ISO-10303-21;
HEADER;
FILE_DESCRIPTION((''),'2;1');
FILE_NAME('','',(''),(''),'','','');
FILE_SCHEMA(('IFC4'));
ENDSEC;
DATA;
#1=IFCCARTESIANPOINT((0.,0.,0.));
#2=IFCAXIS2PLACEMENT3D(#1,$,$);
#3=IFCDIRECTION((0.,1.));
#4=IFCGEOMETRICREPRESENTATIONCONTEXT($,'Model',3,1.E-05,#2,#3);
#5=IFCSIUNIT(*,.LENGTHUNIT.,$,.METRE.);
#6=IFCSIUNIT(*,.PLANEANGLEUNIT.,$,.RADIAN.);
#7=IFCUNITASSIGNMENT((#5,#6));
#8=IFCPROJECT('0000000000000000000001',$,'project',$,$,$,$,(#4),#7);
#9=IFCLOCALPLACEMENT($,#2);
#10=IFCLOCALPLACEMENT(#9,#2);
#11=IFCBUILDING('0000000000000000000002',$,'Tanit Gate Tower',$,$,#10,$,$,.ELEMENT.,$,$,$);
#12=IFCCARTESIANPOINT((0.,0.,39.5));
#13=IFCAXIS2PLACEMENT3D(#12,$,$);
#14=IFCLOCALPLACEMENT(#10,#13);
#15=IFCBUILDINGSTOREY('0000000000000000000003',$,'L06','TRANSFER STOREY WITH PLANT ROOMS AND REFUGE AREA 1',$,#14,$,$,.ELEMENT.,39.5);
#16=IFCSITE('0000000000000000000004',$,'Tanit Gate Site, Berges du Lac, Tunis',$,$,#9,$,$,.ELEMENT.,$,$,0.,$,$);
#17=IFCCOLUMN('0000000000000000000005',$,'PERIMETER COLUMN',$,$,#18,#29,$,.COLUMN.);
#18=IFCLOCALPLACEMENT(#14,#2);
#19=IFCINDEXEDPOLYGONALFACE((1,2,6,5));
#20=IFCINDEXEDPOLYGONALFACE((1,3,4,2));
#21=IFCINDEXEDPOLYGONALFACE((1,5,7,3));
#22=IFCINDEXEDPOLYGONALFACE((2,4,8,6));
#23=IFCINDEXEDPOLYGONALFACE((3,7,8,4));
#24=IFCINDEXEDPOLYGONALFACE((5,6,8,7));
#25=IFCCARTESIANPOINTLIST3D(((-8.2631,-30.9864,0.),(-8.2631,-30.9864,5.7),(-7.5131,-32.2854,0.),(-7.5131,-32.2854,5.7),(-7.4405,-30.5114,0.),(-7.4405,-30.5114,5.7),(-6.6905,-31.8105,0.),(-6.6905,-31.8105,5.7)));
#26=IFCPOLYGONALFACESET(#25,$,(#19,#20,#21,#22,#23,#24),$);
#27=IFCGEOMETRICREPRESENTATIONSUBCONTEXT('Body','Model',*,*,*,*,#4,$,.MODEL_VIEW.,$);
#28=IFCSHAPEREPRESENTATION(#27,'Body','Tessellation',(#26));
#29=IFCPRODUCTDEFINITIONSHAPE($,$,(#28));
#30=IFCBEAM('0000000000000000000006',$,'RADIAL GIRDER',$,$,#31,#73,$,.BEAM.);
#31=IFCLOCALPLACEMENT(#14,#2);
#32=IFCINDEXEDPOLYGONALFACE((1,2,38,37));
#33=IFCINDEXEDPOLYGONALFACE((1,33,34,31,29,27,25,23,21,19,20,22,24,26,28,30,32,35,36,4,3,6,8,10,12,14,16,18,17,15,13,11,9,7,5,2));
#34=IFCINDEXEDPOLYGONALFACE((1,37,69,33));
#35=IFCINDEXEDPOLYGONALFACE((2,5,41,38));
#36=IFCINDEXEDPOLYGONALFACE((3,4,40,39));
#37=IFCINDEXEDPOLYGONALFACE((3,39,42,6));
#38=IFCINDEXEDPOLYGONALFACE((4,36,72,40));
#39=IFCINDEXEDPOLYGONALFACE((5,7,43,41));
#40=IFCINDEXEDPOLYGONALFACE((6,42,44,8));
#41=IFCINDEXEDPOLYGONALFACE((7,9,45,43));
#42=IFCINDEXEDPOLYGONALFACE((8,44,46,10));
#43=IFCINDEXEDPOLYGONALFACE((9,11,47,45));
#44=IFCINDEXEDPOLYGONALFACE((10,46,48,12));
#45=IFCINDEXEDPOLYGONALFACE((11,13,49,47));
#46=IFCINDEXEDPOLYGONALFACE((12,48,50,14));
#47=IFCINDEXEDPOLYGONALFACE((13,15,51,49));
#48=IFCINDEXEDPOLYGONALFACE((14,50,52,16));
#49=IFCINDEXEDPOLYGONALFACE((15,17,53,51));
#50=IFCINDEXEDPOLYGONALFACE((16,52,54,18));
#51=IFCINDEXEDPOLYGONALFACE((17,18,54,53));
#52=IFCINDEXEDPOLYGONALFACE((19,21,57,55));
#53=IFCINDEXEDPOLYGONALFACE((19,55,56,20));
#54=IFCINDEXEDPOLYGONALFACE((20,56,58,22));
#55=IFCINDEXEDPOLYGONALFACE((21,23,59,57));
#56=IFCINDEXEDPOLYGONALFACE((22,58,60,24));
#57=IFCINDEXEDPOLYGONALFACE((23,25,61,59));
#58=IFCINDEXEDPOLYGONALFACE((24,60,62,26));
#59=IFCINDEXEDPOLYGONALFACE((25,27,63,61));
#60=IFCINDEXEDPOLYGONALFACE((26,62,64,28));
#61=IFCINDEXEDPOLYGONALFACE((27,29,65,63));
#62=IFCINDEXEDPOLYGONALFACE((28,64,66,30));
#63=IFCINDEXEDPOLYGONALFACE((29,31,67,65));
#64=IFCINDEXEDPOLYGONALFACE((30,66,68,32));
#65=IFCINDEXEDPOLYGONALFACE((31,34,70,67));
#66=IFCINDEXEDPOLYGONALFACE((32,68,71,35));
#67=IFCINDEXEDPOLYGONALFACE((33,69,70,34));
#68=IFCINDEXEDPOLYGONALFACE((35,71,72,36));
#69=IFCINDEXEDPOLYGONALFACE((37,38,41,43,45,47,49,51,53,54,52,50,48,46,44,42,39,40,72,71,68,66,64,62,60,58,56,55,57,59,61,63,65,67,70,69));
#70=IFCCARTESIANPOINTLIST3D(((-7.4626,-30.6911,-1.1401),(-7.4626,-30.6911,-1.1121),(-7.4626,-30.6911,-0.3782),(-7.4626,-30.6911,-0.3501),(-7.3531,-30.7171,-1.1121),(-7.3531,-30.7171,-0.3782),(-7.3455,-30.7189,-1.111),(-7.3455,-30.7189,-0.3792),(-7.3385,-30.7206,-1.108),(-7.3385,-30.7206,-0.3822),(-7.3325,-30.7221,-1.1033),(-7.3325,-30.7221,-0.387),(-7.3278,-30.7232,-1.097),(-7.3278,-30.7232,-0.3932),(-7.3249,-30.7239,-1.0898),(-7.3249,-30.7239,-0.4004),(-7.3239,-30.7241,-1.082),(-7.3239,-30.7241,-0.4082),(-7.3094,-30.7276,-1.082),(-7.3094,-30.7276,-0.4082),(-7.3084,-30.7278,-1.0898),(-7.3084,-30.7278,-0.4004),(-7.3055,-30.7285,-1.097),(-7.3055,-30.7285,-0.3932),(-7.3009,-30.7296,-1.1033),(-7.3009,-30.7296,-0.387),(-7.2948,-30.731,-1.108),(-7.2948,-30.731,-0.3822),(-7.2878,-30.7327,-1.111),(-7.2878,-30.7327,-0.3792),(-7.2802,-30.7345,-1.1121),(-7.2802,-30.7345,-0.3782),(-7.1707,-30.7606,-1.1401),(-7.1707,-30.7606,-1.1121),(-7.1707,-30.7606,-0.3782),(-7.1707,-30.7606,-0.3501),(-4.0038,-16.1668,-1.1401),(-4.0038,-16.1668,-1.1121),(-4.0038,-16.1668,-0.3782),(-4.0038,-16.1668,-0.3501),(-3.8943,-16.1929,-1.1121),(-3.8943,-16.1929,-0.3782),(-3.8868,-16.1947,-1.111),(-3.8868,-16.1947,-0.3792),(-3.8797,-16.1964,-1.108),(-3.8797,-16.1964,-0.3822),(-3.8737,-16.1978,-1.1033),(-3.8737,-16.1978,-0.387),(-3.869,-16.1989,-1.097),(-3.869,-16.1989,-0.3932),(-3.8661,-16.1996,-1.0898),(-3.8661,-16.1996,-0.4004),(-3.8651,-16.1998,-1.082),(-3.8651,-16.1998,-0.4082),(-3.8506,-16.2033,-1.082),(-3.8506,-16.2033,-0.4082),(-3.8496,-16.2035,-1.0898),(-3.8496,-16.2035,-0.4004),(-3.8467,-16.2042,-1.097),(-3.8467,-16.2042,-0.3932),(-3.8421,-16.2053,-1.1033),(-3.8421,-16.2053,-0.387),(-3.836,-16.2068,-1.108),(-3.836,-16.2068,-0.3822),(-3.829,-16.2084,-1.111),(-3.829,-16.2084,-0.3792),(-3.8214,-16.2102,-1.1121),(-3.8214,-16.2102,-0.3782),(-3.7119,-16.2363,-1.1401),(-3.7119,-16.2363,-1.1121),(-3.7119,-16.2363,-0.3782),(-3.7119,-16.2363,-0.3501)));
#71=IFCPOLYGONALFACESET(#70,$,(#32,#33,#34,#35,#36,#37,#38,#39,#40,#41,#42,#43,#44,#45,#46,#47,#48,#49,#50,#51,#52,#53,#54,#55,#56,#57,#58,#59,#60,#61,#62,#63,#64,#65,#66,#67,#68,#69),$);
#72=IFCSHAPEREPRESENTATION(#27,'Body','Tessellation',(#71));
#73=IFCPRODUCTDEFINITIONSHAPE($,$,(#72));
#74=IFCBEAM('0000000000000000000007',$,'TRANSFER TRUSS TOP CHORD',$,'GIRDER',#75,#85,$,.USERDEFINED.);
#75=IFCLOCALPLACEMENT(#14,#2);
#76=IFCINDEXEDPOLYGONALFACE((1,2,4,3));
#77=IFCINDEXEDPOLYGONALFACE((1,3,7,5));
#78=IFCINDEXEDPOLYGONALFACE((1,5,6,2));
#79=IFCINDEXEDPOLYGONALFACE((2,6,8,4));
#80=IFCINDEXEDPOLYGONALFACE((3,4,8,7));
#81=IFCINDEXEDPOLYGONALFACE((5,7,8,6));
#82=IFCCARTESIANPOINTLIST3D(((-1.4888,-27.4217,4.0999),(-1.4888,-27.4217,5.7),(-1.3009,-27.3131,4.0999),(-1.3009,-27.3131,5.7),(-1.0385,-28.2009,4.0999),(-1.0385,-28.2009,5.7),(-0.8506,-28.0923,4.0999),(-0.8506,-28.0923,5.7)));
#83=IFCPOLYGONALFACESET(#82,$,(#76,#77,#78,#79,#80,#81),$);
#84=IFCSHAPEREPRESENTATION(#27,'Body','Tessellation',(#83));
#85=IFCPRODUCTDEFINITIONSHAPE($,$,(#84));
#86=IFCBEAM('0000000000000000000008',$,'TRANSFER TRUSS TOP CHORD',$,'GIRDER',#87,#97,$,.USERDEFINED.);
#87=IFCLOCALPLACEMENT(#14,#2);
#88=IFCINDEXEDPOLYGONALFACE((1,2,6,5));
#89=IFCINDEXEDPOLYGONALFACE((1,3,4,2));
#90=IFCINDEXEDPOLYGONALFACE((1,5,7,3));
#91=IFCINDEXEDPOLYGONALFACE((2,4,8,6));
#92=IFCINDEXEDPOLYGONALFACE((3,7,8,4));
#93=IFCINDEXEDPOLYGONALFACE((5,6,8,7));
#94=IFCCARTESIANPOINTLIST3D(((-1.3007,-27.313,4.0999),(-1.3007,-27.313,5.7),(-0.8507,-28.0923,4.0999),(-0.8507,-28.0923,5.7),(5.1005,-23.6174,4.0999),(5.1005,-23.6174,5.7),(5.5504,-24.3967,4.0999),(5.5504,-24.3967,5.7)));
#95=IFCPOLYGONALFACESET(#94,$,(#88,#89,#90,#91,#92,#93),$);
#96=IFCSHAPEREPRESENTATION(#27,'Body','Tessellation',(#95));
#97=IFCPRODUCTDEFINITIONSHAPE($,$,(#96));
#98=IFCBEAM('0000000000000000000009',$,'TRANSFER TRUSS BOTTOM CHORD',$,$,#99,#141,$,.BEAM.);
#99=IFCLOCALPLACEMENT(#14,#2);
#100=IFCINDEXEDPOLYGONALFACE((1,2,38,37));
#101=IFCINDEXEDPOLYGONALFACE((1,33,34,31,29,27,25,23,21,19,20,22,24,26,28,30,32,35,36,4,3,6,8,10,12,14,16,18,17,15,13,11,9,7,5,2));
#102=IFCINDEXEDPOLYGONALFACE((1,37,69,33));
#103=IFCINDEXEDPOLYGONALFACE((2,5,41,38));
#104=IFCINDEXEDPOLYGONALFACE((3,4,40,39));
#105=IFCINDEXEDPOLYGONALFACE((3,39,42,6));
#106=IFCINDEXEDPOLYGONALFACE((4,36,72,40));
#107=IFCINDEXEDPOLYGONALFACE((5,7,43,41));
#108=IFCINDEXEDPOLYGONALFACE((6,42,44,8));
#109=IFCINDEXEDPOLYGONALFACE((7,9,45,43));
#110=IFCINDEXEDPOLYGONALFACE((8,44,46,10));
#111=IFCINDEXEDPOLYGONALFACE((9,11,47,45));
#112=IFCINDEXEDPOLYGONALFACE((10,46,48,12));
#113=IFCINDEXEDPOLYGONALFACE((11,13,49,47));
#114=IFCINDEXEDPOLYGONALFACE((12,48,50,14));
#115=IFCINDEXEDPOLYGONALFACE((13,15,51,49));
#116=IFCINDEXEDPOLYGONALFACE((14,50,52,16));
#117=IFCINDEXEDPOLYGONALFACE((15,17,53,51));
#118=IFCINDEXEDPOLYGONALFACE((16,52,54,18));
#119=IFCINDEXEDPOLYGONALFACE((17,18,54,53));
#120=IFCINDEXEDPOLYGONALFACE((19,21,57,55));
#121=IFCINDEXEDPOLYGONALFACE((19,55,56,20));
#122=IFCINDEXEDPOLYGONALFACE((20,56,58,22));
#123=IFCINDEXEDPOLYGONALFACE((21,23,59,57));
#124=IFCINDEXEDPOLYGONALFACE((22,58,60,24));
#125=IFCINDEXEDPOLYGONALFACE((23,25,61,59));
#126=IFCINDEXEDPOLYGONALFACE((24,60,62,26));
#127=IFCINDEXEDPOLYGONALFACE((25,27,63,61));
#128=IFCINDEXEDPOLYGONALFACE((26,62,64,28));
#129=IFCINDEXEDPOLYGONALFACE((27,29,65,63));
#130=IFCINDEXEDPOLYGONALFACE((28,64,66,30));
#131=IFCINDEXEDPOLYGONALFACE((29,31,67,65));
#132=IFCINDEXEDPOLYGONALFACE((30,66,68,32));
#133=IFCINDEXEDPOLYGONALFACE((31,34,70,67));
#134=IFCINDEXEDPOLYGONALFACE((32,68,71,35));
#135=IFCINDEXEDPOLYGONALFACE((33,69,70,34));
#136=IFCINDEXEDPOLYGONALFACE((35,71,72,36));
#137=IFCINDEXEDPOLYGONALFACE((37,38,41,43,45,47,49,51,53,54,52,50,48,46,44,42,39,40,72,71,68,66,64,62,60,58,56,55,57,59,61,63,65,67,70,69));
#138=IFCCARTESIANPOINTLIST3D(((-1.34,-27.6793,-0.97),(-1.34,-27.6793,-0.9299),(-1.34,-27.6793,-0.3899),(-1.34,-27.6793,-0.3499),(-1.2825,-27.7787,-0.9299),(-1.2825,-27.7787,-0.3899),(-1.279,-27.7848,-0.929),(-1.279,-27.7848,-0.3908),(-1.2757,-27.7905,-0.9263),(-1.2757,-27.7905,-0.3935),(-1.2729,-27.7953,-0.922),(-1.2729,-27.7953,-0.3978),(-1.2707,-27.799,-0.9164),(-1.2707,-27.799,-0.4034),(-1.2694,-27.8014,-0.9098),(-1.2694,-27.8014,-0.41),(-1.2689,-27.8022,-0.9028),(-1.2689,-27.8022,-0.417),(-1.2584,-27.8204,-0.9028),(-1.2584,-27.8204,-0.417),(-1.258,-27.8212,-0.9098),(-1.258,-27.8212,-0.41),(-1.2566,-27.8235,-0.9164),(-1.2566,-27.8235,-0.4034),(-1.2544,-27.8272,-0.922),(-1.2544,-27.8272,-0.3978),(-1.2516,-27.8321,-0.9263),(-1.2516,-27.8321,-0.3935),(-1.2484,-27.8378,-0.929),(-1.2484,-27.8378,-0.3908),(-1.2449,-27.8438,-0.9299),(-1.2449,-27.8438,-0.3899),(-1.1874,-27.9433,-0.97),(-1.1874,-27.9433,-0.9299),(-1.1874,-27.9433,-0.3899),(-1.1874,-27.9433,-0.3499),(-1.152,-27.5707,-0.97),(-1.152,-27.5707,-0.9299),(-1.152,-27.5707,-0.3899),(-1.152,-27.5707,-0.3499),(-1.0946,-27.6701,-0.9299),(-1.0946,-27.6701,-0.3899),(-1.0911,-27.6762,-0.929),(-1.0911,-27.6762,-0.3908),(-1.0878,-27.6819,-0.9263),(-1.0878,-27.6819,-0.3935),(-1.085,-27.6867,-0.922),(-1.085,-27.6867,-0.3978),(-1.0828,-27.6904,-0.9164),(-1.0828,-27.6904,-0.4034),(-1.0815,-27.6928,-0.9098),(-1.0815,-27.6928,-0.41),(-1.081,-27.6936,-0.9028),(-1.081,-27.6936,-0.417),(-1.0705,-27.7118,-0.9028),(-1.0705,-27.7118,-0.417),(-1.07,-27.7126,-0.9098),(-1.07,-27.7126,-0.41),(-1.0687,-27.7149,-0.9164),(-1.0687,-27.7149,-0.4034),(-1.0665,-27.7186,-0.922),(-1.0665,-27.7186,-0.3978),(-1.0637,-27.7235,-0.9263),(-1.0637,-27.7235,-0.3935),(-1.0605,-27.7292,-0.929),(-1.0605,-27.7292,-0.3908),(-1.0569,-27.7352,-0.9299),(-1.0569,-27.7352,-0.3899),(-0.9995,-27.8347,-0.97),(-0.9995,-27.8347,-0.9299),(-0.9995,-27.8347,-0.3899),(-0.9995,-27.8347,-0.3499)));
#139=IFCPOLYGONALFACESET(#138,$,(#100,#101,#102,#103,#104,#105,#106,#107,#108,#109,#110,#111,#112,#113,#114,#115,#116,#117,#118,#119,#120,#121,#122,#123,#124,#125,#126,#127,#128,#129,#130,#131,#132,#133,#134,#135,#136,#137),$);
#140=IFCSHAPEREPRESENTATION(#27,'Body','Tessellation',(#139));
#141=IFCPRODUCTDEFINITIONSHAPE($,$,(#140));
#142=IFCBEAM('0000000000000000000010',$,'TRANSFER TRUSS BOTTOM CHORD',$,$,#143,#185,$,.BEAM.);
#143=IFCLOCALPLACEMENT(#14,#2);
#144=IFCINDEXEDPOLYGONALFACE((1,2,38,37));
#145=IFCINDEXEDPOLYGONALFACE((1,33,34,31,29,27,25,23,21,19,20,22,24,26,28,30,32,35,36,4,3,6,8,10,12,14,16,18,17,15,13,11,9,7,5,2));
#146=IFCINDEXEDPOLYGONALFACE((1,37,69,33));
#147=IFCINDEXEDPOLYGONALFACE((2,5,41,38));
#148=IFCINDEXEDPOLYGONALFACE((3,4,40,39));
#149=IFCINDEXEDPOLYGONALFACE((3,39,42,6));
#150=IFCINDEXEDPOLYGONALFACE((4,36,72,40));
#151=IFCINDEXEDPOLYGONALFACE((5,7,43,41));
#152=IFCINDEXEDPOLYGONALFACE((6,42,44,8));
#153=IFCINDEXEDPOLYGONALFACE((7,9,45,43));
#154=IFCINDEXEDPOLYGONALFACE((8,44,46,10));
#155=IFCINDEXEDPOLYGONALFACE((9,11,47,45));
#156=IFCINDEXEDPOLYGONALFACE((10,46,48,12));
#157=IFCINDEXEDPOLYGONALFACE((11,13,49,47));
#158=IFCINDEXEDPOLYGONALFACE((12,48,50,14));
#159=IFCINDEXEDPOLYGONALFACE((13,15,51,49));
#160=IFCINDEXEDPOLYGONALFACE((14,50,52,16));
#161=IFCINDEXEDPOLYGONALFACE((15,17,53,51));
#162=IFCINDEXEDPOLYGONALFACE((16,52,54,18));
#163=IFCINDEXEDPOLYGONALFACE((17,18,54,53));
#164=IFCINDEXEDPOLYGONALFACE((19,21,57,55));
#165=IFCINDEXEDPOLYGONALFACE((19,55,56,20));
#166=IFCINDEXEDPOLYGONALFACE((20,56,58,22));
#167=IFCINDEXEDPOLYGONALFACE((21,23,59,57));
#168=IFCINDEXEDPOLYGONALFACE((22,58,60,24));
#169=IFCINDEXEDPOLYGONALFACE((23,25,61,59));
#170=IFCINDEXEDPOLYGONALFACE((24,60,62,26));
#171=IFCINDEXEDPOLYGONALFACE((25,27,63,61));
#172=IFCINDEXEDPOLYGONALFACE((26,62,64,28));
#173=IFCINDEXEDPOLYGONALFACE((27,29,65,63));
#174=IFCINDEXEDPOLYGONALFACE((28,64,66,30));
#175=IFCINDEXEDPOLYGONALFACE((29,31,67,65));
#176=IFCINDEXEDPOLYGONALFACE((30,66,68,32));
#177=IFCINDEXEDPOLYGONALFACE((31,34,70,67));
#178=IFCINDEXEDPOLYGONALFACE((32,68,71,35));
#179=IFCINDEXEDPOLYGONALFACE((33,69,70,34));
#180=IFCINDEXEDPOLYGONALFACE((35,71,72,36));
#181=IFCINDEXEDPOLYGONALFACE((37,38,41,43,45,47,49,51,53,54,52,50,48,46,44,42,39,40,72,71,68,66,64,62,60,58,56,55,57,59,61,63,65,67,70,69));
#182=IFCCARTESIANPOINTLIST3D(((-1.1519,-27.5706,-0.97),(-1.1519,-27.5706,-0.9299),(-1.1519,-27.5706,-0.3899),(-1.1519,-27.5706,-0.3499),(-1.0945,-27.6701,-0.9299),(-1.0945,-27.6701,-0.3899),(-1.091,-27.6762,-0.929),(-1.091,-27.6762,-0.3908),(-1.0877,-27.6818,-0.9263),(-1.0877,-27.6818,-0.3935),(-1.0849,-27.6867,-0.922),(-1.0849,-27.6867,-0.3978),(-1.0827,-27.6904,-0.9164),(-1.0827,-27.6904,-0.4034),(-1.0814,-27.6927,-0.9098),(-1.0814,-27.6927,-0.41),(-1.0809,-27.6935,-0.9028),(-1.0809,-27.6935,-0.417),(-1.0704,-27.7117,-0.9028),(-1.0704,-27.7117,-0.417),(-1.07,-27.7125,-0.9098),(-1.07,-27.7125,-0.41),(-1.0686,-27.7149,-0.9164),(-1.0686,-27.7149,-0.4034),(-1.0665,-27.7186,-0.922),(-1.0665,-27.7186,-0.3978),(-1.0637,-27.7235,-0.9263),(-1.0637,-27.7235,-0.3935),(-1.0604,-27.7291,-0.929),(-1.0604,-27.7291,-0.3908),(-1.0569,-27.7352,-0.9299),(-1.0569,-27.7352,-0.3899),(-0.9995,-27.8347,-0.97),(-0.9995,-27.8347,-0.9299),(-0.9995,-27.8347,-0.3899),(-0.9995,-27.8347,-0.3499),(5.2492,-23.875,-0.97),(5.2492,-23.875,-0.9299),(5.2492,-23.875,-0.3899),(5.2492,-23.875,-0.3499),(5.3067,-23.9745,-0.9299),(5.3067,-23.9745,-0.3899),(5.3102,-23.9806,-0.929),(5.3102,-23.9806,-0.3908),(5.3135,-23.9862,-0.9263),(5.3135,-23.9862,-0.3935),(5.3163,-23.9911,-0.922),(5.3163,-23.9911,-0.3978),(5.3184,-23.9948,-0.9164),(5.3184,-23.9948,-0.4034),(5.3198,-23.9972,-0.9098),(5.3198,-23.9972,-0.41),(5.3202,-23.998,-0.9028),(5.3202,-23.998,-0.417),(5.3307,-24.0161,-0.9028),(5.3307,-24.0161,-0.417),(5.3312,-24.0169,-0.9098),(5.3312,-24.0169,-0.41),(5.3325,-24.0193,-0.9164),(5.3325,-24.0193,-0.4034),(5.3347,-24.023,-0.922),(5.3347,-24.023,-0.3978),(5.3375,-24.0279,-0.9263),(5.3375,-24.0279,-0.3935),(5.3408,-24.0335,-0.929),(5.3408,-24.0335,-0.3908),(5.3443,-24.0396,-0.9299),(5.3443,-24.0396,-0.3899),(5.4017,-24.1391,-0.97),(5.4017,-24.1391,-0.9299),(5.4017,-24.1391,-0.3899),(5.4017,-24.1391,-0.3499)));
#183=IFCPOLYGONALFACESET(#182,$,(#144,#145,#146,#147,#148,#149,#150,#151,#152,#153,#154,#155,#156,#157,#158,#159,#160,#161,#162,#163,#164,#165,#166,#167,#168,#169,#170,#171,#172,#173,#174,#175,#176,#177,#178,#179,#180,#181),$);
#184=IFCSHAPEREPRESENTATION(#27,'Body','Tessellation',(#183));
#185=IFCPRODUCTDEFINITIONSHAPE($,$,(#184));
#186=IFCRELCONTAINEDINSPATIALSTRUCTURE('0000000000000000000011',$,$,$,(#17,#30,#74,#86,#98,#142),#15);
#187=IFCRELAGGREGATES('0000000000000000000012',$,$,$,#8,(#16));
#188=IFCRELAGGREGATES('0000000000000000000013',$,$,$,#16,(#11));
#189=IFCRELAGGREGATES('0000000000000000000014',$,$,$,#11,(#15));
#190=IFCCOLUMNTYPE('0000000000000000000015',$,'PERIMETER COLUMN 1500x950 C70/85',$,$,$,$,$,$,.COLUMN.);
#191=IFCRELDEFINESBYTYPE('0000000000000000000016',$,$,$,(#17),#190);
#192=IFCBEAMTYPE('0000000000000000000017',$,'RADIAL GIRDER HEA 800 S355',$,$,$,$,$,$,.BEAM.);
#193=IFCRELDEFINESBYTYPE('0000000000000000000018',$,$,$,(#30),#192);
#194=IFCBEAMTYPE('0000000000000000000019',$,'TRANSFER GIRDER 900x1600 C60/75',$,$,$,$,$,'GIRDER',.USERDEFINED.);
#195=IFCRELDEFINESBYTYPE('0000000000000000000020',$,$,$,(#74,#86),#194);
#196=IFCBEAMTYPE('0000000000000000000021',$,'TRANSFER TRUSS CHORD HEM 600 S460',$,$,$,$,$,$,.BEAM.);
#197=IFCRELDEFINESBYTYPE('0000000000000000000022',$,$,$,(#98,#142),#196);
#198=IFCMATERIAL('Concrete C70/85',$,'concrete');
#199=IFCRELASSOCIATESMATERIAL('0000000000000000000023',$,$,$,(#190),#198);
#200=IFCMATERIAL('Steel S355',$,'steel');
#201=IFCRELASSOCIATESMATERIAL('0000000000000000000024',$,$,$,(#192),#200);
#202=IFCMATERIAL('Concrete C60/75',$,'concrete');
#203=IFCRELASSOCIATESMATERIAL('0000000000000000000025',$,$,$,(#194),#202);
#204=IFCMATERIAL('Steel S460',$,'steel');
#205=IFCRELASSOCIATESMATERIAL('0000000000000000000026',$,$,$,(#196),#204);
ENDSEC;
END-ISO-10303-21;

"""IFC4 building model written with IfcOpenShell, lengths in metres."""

from ifc_helpers import new_model, si_unit, direction, frame, origin, origin_2d, place, context, subcontext, project, spatial, rectangle, i_section, extrude, material, material_profile, profile_set, type_object, element, save


model = new_model("IFC4")

# Units and contexts
model_context = context("Model", 3, precision=1e-05, world=origin(), true_north=direction((0.0, 1.0)))
body_context = subcontext(model_context, "Body", "Model", "MODEL_VIEW")
ifc_project = project(units=[si_unit("LENGTHUNIT", "METRE"), si_unit("PLANEANGLEUNIT", "RADIAN")], contexts=[model_context])

# Site, building, storey
site_placement = place(None, origin())
site = spatial("IfcSite", under=ifc_project, at=site_placement, Name="Tanit Gate Site, Berges du Lac, Tunis", CompositionType="ELEMENT", RefElevation=0.0)
building_placement = place(site_placement, origin())
building = spatial("IfcBuilding", under=site, at=building_placement, Name="Tanit Gate Tower", CompositionType="ELEMENT")
storey_placement = place(building_placement, frame((0.0, 0.0, 39.5)))
storey = spatial("IfcBuildingStorey", under=building, at=storey_placement, Name="L06", Description="TRANSFER STOREY WITH PLANT ROOMS AND REFUGE AREA 1", CompositionType="ELEMENT", Elevation=39.5)

# Column
ifc_material_1 = material(Name="Concrete C70/85", Category="concrete")
ifc_material_profile_1 = material_profile(ifc_material_1, rectangle(XDim=1.5, YDim=0.95, at=origin_2d()), Name="RC 1500x950")
ifc_profile_set_1 = profile_set([ifc_material_profile_1], Name="Concrete C70/85")
column_type = type_object("IfcColumnType", Name="PERIMETER COLUMN 1500x950 C70/85", PredefinedType="COLUMN", material=ifc_profile_set_1)
column_placement = place(storey_placement, frame((-7.4768, -31.3984, 0.0), z_axis=(0.0, 0.0, 1.0), x_axis=(0.5, -0.866025, 0.0)))
element("IfcColumn", 1, at=column_placement, inside=storey, type_object=column_type, Name="PERIMETER COLUMN", PredefinedType="COLUMN", context=body_context, shape_type="SweptSolid", body=[
    extrude(rectangle(XDim=1.5, YDim=0.95, at=origin_2d()), origin(), (0.0, 0.0, 1.0), 5.7),
])

# Beams
ifc_material_2 = material(Name="Steel S355", Category="steel")
ifc_material_profile_2 = material_profile(ifc_material_2, i_section(OverallWidth=0.3, OverallDepth=0.79, WebThickness=0.0149, FlangeThickness=0.0281, FilletRadius=0.03, at=origin_2d()), Name="HEA 800")
ifc_profile_set_2 = profile_set([ifc_material_profile_2], Name="Steel S355")
beam_type_1 = type_object("IfcBeamType", Name="RADIAL GIRDER HEA 800 S355", PredefinedType="BEAM", material=ifc_profile_set_2)
beam_1_placement = place(storey_placement, frame((-7.3167, -30.7258, -0.7451), z_axis=(0.231659, 0.972797, 0.0), x_axis=(-0.972797, 0.231659, 0.0)))
element("IfcBeam", 2, at=beam_1_placement, inside=storey, type_object=beam_type_1, Name="RADIAL GIRDER", PredefinedType="BEAM", context=body_context, shape_type="SweptSolid", body=[
    extrude(i_section(OverallWidth=0.3, OverallDepth=0.79, WebThickness=0.0149, FlangeThickness=0.0281, FilletRadius=0.03, at=origin_2d()), origin(), (0.0, 0.0, 1.0), 14.9304),
])
ifc_material_3 = material(Name="Concrete C60/75", Category="concrete")
ifc_material_profile_3 = material_profile(ifc_material_3, rectangle(XDim=0.8999, YDim=1.6001, at=origin_2d()), Name="RC 900x1600")
ifc_profile_set_3 = profile_set([ifc_material_profile_3], Name="Concrete C60/75")
beam_type_2 = type_object("IfcBeamType", Name="TRANSFER GIRDER 900x1600 C60/75", ElementType="GIRDER", PredefinedType="USERDEFINED", material=ifc_profile_set_3)
beam_2_placement = place(storey_placement, frame((-1.2637, -27.8113, 4.8999), z_axis=(0.865811, 0.500371, 0.0), x_axis=(-0.500371, 0.865811, 0.0)))
element("IfcBeam", 3, at=beam_2_placement, inside=storey, type_object=beam_type_2, Name="TRANSFER TRUSS TOP CHORD", ObjectType="GIRDER", PredefinedType="USERDEFINED", context=body_context, shape_type="SweptSolid", body=[
    extrude(rectangle(XDim=0.8999, YDim=1.6001, at=origin_2d()), origin(), (0.0, 0.0, 1.0), 0.217),
])
beam_3_placement = place(storey_placement, frame((-1.0757, -27.7026, 4.8999), z_axis=(0.866033, 0.499986, 0.0), x_axis=(-0.499986, 0.866033, 0.0)))
element("IfcBeam", 4, at=beam_3_placement, inside=storey, type_object=beam_type_2, Name="TRANSFER TRUSS TOP CHORD", ObjectType="GIRDER", PredefinedType="USERDEFINED", context=body_context, shape_type="SweptSolid", body=[
    extrude(rectangle(XDim=0.8999, YDim=1.6001, at=origin_2d()), origin(), (0.0, 0.0, 1.0), 7.3914),
])
ifc_material_4 = material(Name="Steel S460", Category="steel")
ifc_material_profile_4 = material_profile(ifc_material_4, i_section(OverallWidth=0.3049, OverallDepth=0.6201, WebThickness=0.021, FlangeThickness=0.04, FilletRadius=0.0271, at=origin_2d()), Name="HEM 600")
ifc_profile_set_4 = profile_set([ifc_material_profile_4], Name="Steel S460")
beam_type_3 = type_object("IfcBeamType", Name="TRANSFER TRUSS CHORD HEM 600 S460", PredefinedType="BEAM", material=ifc_profile_set_4)
beam_4_placement = place(storey_placement, frame((-1.2637, -27.8113, -0.6599), z_axis=(0.865811, 0.500371, 0.0), x_axis=(-0.500371, 0.865811, 0.0)))
element("IfcBeam", 5, at=beam_4_placement, inside=storey, type_object=beam_type_3, Name="TRANSFER TRUSS BOTTOM CHORD", PredefinedType="BEAM", context=body_context, shape_type="SweptSolid", body=[
    extrude(i_section(OverallWidth=0.3049, OverallDepth=0.6201, WebThickness=0.021, FlangeThickness=0.04, FilletRadius=0.0271, at=origin_2d()), origin(), (0.0, 0.0, 1.0), 0.217),
])
beam_5_placement = place(storey_placement, frame((-1.0757, -27.7026, -0.6599), z_axis=(0.866033, 0.499986, 0.0), x_axis=(-0.499986, 0.866033, 0.0)))
element("IfcBeam", 6, at=beam_5_placement, inside=storey, type_object=beam_type_3, Name="TRANSFER TRUSS BOTTOM CHORD", PredefinedType="BEAM", context=body_context, shape_type="SweptSolid", body=[
    extrude(i_section(OverallWidth=0.3049, OverallDepth=0.6201, WebThickness=0.021, FlangeThickness=0.04, FilletRadius=0.0271, at=origin_2d()), origin(), (0.0, 0.0, 1.0), 7.3914),
])

save(model, "model.ifc")
